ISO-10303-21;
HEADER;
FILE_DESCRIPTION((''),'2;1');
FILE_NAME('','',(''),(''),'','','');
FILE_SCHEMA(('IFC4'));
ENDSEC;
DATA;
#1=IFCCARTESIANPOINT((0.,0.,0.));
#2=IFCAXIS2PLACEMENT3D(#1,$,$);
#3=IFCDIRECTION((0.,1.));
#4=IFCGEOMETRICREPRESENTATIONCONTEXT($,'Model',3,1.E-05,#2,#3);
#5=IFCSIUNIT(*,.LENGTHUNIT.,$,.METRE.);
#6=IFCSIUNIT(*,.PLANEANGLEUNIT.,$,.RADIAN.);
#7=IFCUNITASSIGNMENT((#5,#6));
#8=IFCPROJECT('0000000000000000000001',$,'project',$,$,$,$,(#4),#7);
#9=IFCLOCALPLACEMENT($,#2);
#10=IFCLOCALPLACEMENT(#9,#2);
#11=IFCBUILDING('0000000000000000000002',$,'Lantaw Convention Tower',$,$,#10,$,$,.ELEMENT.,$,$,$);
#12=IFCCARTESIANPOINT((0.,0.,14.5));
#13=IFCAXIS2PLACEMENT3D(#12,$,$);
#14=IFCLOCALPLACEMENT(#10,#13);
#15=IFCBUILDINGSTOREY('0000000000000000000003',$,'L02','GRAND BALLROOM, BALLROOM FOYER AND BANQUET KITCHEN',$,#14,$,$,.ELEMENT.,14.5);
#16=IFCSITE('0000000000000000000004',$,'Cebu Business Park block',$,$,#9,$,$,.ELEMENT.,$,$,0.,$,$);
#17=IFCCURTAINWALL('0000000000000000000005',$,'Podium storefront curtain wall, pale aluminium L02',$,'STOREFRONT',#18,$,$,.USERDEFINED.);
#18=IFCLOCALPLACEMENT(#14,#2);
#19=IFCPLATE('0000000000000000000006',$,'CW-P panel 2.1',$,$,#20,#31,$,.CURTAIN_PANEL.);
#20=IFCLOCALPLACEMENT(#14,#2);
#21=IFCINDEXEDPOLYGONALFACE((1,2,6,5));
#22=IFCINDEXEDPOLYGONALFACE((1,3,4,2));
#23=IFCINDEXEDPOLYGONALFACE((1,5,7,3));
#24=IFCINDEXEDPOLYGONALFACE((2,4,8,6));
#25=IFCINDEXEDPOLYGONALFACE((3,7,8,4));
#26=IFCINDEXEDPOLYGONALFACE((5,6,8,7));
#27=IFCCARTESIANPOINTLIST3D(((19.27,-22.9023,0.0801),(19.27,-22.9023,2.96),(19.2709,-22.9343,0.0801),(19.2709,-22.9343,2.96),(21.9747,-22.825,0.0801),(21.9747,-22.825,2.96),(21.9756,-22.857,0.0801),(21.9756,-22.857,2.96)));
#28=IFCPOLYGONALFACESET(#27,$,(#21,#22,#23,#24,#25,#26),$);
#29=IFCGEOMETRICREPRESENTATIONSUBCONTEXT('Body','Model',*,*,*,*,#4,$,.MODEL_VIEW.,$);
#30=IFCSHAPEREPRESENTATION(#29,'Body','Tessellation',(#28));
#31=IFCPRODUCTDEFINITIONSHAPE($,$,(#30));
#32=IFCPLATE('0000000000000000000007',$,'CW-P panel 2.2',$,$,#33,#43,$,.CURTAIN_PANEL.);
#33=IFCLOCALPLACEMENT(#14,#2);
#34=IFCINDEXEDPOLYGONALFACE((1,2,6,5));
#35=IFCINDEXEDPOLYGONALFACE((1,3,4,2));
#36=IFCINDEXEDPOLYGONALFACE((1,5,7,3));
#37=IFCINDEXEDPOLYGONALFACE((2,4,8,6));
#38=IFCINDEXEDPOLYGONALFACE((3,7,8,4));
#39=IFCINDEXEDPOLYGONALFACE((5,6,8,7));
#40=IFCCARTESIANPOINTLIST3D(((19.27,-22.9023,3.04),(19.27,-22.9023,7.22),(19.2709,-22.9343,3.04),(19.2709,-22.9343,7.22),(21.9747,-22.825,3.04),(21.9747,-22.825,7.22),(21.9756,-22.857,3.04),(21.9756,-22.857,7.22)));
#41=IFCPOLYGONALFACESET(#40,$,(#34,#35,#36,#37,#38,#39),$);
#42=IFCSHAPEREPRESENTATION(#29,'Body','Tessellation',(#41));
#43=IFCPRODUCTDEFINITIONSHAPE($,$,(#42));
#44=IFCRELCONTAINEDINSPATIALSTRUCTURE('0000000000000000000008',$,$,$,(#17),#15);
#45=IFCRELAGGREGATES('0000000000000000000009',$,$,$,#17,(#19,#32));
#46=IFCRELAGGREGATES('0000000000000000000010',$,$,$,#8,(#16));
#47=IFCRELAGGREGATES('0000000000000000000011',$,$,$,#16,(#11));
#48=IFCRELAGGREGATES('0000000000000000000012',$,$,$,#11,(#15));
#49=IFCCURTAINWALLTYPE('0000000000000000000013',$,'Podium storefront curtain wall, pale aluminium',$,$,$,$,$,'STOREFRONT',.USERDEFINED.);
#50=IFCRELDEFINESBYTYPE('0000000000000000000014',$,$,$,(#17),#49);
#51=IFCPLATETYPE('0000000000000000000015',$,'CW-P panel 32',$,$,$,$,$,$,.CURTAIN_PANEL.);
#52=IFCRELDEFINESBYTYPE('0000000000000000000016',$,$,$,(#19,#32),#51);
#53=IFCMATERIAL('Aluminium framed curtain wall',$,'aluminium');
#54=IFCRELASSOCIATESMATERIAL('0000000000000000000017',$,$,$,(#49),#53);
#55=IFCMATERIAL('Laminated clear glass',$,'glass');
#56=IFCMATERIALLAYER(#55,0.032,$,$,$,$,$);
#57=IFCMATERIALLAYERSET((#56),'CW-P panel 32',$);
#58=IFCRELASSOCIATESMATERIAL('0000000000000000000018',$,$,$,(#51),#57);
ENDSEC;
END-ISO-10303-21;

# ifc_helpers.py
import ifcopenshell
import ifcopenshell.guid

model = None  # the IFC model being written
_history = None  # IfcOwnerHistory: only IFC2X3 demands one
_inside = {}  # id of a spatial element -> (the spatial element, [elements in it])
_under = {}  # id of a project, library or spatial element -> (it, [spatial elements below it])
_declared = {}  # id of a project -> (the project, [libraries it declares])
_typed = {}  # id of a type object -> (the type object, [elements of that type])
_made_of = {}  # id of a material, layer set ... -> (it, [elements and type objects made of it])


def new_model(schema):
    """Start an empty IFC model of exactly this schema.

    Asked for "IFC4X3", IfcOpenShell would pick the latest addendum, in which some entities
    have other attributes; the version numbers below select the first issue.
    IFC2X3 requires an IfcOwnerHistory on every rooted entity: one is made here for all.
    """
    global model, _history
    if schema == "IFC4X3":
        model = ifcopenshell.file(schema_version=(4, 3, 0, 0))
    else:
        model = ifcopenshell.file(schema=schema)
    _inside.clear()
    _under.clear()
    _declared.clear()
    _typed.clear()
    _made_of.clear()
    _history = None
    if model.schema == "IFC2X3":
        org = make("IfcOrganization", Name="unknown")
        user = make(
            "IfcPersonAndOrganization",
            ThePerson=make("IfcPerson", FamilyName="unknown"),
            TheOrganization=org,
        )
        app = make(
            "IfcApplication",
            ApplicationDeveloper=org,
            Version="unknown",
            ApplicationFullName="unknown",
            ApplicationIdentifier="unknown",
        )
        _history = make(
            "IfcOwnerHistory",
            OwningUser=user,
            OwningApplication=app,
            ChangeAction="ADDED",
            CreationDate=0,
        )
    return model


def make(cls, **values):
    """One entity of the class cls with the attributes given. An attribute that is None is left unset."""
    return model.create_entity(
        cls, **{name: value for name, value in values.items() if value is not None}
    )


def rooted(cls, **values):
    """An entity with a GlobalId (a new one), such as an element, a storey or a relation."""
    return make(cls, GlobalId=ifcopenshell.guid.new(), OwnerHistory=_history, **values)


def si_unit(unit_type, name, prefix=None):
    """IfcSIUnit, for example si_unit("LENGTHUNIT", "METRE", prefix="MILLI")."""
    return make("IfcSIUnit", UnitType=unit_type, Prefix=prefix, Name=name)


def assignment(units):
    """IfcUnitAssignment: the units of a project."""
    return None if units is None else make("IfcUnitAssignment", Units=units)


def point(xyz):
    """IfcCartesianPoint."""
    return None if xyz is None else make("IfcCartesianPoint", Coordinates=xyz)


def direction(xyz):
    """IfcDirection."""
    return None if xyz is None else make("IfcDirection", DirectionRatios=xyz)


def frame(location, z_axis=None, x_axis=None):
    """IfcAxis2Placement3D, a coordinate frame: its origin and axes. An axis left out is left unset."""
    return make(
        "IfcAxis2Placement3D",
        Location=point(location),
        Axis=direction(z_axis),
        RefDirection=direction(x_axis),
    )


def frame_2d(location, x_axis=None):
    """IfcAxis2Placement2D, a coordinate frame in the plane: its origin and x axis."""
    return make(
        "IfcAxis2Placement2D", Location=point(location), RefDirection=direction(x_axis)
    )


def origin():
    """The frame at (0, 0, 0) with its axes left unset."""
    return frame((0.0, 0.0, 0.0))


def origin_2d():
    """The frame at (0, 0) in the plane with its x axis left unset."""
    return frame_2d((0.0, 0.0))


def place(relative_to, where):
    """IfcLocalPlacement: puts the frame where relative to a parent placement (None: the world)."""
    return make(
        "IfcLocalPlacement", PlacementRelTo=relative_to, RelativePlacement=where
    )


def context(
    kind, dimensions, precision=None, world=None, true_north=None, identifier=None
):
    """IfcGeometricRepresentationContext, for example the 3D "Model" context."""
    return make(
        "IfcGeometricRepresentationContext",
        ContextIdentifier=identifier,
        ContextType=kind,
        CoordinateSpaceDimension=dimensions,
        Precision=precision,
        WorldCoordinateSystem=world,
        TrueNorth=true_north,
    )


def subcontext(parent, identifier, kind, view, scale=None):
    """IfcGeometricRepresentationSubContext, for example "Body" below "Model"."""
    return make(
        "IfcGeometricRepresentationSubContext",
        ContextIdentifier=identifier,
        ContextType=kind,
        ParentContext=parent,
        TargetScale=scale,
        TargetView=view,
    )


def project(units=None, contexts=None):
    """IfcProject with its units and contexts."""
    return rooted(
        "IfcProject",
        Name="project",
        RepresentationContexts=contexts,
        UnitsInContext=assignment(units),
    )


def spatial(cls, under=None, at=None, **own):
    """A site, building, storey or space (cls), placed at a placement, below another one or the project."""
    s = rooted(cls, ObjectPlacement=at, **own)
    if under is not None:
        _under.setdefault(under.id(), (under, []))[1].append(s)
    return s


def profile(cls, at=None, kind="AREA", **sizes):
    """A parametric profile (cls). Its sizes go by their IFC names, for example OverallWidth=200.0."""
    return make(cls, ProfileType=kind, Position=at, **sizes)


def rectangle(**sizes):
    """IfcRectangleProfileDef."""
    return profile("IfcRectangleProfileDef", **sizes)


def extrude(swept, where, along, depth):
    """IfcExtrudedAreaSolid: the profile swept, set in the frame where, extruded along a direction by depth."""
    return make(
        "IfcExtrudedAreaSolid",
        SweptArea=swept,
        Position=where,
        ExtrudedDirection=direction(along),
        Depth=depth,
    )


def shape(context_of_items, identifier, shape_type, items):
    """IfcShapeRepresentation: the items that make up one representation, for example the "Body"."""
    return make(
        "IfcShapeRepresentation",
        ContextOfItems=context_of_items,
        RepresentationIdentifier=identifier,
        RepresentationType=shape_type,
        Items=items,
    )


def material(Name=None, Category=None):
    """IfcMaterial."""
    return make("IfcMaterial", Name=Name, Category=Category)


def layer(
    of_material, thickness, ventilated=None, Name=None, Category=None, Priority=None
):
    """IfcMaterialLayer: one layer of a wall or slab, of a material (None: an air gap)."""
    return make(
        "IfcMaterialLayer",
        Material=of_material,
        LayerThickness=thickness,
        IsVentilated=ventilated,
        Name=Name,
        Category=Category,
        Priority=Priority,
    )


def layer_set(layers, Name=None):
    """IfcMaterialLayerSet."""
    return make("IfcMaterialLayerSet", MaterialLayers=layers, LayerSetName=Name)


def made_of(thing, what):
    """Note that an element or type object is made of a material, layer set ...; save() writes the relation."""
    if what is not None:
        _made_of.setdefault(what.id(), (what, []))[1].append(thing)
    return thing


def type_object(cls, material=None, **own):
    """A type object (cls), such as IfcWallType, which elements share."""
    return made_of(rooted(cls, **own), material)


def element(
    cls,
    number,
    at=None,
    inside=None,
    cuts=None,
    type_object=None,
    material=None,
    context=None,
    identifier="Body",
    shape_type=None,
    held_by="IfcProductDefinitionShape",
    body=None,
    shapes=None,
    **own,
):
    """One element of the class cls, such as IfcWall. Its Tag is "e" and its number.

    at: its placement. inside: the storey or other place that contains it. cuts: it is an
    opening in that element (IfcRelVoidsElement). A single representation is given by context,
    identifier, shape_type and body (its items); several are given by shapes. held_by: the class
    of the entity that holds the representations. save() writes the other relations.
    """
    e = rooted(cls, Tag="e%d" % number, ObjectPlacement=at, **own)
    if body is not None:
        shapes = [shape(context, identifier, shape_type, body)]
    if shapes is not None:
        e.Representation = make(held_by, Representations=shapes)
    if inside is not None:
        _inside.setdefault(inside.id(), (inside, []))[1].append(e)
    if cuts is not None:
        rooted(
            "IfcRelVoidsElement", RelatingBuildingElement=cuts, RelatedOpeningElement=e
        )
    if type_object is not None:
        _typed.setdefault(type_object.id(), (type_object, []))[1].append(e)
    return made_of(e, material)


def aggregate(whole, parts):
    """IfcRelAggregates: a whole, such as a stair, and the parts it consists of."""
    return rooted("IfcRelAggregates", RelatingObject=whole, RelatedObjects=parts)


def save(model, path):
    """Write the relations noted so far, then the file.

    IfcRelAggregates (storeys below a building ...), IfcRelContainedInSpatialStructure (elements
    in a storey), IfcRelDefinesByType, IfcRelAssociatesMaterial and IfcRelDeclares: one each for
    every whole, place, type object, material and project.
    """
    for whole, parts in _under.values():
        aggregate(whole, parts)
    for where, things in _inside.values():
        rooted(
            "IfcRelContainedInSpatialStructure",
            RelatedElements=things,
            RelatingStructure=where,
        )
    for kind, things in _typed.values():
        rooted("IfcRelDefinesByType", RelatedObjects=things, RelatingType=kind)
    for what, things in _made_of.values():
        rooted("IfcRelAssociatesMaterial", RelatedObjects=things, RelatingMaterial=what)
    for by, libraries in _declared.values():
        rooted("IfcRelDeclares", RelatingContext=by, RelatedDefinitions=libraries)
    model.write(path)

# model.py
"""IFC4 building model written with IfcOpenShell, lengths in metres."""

from ifc_helpers import new_model, si_unit, direction, frame, origin, origin_2d, place, context, subcontext, project, spatial, rectangle, extrude, material, layer, layer_set, type_object, element, aggregate, save


model = new_model("IFC4")

# Units and contexts
model_context = context("Model", 3, precision=1e-05, world=origin(), true_north=direction((0.0, 1.0)))
body_context = subcontext(model_context, "Body", "Model", "MODEL_VIEW")
ifc_project = project(units=[si_unit("LENGTHUNIT", "METRE"), si_unit("PLANEANGLEUNIT", "RADIAN")], contexts=[model_context])

# Site, building, storey
site_placement = place(None, origin())
site = spatial("IfcSite", under=ifc_project, at=site_placement, Name="Cebu Business Park block", CompositionType="ELEMENT", RefElevation=0.0)
building_placement = place(site_placement, origin())
building = spatial("IfcBuilding", under=site, at=building_placement, Name="Lantaw Convention Tower", CompositionType="ELEMENT")
storey_placement = place(building_placement, frame((0.0, 0.0, 14.5)))
storey = spatial("IfcBuildingStorey", under=building, at=storey_placement, Name="L02", Description="GRAND BALLROOM, BALLROOM FOYER AND BANQUET KITCHEN", CompositionType="ELEMENT", Elevation=14.5)

# Curtain wall
ifc_material_1 = material(Name="Aluminium framed curtain wall", Category="aluminium")
curtain_wall_type = type_object("IfcCurtainWallType", Name="Podium storefront curtain wall, pale aluminium", ElementType="STOREFRONT", PredefinedType="USERDEFINED", material=ifc_material_1)
curtain_wall_1_placement = place(storey_placement, origin())
curtain_wall_1 = element("IfcCurtainWall", 1, at=curtain_wall_1_placement, inside=storey, type_object=curtain_wall_type, Name="Podium storefront curtain wall, pale aluminium L02", ObjectType="STOREFRONT", PredefinedType="USERDEFINED")

# Plates
ifc_material_2 = material(Name="Laminated clear glass", Category="glass")
ifc_layer = layer(ifc_material_2, 0.032)
ifc_layer_set = layer_set([ifc_layer], Name="CW-P panel 32")
plate_type = type_object("IfcPlateType", Name="CW-P panel 32", PredefinedType="CURTAIN_PANEL", material=ifc_layer_set)
plate_1_placement = place(storey_placement, frame((20.6228, -22.8796, 0.0801), z_axis=(0.0, 0.0, 1.0), x_axis=(0.999592, 0.028552, 0.0)))
plate_1 = element("IfcPlate", 2, at=plate_1_placement, type_object=plate_type, Name="CW-P panel 2.1", PredefinedType="CURTAIN_PANEL", context=body_context, shape_type="SweptSolid", body=[
    extrude(rectangle(XDim=2.7058, YDim=0.032, at=origin_2d()), origin(), (0.0, 0.0, 1.0), 2.8799),
])
plate_2_placement = place(storey_placement, frame((20.6228, -22.8796, 3.04), z_axis=(0.0, 0.0, 1.0), x_axis=(0.999592, 0.028552, 0.0)))
plate_2 = element("IfcPlate", 3, at=plate_2_placement, type_object=plate_type, Name="CW-P panel 2.2", PredefinedType="CURTAIN_PANEL", context=body_context, shape_type="SweptSolid", body=[
    extrude(rectangle(XDim=2.7058, YDim=0.032, at=origin_2d()), origin(), (0.0, 0.0, 1.0), 4.1799),
])
aggregate(curtain_wall_1, [plate_1, plate_2])

save(model, "model.ifc")
